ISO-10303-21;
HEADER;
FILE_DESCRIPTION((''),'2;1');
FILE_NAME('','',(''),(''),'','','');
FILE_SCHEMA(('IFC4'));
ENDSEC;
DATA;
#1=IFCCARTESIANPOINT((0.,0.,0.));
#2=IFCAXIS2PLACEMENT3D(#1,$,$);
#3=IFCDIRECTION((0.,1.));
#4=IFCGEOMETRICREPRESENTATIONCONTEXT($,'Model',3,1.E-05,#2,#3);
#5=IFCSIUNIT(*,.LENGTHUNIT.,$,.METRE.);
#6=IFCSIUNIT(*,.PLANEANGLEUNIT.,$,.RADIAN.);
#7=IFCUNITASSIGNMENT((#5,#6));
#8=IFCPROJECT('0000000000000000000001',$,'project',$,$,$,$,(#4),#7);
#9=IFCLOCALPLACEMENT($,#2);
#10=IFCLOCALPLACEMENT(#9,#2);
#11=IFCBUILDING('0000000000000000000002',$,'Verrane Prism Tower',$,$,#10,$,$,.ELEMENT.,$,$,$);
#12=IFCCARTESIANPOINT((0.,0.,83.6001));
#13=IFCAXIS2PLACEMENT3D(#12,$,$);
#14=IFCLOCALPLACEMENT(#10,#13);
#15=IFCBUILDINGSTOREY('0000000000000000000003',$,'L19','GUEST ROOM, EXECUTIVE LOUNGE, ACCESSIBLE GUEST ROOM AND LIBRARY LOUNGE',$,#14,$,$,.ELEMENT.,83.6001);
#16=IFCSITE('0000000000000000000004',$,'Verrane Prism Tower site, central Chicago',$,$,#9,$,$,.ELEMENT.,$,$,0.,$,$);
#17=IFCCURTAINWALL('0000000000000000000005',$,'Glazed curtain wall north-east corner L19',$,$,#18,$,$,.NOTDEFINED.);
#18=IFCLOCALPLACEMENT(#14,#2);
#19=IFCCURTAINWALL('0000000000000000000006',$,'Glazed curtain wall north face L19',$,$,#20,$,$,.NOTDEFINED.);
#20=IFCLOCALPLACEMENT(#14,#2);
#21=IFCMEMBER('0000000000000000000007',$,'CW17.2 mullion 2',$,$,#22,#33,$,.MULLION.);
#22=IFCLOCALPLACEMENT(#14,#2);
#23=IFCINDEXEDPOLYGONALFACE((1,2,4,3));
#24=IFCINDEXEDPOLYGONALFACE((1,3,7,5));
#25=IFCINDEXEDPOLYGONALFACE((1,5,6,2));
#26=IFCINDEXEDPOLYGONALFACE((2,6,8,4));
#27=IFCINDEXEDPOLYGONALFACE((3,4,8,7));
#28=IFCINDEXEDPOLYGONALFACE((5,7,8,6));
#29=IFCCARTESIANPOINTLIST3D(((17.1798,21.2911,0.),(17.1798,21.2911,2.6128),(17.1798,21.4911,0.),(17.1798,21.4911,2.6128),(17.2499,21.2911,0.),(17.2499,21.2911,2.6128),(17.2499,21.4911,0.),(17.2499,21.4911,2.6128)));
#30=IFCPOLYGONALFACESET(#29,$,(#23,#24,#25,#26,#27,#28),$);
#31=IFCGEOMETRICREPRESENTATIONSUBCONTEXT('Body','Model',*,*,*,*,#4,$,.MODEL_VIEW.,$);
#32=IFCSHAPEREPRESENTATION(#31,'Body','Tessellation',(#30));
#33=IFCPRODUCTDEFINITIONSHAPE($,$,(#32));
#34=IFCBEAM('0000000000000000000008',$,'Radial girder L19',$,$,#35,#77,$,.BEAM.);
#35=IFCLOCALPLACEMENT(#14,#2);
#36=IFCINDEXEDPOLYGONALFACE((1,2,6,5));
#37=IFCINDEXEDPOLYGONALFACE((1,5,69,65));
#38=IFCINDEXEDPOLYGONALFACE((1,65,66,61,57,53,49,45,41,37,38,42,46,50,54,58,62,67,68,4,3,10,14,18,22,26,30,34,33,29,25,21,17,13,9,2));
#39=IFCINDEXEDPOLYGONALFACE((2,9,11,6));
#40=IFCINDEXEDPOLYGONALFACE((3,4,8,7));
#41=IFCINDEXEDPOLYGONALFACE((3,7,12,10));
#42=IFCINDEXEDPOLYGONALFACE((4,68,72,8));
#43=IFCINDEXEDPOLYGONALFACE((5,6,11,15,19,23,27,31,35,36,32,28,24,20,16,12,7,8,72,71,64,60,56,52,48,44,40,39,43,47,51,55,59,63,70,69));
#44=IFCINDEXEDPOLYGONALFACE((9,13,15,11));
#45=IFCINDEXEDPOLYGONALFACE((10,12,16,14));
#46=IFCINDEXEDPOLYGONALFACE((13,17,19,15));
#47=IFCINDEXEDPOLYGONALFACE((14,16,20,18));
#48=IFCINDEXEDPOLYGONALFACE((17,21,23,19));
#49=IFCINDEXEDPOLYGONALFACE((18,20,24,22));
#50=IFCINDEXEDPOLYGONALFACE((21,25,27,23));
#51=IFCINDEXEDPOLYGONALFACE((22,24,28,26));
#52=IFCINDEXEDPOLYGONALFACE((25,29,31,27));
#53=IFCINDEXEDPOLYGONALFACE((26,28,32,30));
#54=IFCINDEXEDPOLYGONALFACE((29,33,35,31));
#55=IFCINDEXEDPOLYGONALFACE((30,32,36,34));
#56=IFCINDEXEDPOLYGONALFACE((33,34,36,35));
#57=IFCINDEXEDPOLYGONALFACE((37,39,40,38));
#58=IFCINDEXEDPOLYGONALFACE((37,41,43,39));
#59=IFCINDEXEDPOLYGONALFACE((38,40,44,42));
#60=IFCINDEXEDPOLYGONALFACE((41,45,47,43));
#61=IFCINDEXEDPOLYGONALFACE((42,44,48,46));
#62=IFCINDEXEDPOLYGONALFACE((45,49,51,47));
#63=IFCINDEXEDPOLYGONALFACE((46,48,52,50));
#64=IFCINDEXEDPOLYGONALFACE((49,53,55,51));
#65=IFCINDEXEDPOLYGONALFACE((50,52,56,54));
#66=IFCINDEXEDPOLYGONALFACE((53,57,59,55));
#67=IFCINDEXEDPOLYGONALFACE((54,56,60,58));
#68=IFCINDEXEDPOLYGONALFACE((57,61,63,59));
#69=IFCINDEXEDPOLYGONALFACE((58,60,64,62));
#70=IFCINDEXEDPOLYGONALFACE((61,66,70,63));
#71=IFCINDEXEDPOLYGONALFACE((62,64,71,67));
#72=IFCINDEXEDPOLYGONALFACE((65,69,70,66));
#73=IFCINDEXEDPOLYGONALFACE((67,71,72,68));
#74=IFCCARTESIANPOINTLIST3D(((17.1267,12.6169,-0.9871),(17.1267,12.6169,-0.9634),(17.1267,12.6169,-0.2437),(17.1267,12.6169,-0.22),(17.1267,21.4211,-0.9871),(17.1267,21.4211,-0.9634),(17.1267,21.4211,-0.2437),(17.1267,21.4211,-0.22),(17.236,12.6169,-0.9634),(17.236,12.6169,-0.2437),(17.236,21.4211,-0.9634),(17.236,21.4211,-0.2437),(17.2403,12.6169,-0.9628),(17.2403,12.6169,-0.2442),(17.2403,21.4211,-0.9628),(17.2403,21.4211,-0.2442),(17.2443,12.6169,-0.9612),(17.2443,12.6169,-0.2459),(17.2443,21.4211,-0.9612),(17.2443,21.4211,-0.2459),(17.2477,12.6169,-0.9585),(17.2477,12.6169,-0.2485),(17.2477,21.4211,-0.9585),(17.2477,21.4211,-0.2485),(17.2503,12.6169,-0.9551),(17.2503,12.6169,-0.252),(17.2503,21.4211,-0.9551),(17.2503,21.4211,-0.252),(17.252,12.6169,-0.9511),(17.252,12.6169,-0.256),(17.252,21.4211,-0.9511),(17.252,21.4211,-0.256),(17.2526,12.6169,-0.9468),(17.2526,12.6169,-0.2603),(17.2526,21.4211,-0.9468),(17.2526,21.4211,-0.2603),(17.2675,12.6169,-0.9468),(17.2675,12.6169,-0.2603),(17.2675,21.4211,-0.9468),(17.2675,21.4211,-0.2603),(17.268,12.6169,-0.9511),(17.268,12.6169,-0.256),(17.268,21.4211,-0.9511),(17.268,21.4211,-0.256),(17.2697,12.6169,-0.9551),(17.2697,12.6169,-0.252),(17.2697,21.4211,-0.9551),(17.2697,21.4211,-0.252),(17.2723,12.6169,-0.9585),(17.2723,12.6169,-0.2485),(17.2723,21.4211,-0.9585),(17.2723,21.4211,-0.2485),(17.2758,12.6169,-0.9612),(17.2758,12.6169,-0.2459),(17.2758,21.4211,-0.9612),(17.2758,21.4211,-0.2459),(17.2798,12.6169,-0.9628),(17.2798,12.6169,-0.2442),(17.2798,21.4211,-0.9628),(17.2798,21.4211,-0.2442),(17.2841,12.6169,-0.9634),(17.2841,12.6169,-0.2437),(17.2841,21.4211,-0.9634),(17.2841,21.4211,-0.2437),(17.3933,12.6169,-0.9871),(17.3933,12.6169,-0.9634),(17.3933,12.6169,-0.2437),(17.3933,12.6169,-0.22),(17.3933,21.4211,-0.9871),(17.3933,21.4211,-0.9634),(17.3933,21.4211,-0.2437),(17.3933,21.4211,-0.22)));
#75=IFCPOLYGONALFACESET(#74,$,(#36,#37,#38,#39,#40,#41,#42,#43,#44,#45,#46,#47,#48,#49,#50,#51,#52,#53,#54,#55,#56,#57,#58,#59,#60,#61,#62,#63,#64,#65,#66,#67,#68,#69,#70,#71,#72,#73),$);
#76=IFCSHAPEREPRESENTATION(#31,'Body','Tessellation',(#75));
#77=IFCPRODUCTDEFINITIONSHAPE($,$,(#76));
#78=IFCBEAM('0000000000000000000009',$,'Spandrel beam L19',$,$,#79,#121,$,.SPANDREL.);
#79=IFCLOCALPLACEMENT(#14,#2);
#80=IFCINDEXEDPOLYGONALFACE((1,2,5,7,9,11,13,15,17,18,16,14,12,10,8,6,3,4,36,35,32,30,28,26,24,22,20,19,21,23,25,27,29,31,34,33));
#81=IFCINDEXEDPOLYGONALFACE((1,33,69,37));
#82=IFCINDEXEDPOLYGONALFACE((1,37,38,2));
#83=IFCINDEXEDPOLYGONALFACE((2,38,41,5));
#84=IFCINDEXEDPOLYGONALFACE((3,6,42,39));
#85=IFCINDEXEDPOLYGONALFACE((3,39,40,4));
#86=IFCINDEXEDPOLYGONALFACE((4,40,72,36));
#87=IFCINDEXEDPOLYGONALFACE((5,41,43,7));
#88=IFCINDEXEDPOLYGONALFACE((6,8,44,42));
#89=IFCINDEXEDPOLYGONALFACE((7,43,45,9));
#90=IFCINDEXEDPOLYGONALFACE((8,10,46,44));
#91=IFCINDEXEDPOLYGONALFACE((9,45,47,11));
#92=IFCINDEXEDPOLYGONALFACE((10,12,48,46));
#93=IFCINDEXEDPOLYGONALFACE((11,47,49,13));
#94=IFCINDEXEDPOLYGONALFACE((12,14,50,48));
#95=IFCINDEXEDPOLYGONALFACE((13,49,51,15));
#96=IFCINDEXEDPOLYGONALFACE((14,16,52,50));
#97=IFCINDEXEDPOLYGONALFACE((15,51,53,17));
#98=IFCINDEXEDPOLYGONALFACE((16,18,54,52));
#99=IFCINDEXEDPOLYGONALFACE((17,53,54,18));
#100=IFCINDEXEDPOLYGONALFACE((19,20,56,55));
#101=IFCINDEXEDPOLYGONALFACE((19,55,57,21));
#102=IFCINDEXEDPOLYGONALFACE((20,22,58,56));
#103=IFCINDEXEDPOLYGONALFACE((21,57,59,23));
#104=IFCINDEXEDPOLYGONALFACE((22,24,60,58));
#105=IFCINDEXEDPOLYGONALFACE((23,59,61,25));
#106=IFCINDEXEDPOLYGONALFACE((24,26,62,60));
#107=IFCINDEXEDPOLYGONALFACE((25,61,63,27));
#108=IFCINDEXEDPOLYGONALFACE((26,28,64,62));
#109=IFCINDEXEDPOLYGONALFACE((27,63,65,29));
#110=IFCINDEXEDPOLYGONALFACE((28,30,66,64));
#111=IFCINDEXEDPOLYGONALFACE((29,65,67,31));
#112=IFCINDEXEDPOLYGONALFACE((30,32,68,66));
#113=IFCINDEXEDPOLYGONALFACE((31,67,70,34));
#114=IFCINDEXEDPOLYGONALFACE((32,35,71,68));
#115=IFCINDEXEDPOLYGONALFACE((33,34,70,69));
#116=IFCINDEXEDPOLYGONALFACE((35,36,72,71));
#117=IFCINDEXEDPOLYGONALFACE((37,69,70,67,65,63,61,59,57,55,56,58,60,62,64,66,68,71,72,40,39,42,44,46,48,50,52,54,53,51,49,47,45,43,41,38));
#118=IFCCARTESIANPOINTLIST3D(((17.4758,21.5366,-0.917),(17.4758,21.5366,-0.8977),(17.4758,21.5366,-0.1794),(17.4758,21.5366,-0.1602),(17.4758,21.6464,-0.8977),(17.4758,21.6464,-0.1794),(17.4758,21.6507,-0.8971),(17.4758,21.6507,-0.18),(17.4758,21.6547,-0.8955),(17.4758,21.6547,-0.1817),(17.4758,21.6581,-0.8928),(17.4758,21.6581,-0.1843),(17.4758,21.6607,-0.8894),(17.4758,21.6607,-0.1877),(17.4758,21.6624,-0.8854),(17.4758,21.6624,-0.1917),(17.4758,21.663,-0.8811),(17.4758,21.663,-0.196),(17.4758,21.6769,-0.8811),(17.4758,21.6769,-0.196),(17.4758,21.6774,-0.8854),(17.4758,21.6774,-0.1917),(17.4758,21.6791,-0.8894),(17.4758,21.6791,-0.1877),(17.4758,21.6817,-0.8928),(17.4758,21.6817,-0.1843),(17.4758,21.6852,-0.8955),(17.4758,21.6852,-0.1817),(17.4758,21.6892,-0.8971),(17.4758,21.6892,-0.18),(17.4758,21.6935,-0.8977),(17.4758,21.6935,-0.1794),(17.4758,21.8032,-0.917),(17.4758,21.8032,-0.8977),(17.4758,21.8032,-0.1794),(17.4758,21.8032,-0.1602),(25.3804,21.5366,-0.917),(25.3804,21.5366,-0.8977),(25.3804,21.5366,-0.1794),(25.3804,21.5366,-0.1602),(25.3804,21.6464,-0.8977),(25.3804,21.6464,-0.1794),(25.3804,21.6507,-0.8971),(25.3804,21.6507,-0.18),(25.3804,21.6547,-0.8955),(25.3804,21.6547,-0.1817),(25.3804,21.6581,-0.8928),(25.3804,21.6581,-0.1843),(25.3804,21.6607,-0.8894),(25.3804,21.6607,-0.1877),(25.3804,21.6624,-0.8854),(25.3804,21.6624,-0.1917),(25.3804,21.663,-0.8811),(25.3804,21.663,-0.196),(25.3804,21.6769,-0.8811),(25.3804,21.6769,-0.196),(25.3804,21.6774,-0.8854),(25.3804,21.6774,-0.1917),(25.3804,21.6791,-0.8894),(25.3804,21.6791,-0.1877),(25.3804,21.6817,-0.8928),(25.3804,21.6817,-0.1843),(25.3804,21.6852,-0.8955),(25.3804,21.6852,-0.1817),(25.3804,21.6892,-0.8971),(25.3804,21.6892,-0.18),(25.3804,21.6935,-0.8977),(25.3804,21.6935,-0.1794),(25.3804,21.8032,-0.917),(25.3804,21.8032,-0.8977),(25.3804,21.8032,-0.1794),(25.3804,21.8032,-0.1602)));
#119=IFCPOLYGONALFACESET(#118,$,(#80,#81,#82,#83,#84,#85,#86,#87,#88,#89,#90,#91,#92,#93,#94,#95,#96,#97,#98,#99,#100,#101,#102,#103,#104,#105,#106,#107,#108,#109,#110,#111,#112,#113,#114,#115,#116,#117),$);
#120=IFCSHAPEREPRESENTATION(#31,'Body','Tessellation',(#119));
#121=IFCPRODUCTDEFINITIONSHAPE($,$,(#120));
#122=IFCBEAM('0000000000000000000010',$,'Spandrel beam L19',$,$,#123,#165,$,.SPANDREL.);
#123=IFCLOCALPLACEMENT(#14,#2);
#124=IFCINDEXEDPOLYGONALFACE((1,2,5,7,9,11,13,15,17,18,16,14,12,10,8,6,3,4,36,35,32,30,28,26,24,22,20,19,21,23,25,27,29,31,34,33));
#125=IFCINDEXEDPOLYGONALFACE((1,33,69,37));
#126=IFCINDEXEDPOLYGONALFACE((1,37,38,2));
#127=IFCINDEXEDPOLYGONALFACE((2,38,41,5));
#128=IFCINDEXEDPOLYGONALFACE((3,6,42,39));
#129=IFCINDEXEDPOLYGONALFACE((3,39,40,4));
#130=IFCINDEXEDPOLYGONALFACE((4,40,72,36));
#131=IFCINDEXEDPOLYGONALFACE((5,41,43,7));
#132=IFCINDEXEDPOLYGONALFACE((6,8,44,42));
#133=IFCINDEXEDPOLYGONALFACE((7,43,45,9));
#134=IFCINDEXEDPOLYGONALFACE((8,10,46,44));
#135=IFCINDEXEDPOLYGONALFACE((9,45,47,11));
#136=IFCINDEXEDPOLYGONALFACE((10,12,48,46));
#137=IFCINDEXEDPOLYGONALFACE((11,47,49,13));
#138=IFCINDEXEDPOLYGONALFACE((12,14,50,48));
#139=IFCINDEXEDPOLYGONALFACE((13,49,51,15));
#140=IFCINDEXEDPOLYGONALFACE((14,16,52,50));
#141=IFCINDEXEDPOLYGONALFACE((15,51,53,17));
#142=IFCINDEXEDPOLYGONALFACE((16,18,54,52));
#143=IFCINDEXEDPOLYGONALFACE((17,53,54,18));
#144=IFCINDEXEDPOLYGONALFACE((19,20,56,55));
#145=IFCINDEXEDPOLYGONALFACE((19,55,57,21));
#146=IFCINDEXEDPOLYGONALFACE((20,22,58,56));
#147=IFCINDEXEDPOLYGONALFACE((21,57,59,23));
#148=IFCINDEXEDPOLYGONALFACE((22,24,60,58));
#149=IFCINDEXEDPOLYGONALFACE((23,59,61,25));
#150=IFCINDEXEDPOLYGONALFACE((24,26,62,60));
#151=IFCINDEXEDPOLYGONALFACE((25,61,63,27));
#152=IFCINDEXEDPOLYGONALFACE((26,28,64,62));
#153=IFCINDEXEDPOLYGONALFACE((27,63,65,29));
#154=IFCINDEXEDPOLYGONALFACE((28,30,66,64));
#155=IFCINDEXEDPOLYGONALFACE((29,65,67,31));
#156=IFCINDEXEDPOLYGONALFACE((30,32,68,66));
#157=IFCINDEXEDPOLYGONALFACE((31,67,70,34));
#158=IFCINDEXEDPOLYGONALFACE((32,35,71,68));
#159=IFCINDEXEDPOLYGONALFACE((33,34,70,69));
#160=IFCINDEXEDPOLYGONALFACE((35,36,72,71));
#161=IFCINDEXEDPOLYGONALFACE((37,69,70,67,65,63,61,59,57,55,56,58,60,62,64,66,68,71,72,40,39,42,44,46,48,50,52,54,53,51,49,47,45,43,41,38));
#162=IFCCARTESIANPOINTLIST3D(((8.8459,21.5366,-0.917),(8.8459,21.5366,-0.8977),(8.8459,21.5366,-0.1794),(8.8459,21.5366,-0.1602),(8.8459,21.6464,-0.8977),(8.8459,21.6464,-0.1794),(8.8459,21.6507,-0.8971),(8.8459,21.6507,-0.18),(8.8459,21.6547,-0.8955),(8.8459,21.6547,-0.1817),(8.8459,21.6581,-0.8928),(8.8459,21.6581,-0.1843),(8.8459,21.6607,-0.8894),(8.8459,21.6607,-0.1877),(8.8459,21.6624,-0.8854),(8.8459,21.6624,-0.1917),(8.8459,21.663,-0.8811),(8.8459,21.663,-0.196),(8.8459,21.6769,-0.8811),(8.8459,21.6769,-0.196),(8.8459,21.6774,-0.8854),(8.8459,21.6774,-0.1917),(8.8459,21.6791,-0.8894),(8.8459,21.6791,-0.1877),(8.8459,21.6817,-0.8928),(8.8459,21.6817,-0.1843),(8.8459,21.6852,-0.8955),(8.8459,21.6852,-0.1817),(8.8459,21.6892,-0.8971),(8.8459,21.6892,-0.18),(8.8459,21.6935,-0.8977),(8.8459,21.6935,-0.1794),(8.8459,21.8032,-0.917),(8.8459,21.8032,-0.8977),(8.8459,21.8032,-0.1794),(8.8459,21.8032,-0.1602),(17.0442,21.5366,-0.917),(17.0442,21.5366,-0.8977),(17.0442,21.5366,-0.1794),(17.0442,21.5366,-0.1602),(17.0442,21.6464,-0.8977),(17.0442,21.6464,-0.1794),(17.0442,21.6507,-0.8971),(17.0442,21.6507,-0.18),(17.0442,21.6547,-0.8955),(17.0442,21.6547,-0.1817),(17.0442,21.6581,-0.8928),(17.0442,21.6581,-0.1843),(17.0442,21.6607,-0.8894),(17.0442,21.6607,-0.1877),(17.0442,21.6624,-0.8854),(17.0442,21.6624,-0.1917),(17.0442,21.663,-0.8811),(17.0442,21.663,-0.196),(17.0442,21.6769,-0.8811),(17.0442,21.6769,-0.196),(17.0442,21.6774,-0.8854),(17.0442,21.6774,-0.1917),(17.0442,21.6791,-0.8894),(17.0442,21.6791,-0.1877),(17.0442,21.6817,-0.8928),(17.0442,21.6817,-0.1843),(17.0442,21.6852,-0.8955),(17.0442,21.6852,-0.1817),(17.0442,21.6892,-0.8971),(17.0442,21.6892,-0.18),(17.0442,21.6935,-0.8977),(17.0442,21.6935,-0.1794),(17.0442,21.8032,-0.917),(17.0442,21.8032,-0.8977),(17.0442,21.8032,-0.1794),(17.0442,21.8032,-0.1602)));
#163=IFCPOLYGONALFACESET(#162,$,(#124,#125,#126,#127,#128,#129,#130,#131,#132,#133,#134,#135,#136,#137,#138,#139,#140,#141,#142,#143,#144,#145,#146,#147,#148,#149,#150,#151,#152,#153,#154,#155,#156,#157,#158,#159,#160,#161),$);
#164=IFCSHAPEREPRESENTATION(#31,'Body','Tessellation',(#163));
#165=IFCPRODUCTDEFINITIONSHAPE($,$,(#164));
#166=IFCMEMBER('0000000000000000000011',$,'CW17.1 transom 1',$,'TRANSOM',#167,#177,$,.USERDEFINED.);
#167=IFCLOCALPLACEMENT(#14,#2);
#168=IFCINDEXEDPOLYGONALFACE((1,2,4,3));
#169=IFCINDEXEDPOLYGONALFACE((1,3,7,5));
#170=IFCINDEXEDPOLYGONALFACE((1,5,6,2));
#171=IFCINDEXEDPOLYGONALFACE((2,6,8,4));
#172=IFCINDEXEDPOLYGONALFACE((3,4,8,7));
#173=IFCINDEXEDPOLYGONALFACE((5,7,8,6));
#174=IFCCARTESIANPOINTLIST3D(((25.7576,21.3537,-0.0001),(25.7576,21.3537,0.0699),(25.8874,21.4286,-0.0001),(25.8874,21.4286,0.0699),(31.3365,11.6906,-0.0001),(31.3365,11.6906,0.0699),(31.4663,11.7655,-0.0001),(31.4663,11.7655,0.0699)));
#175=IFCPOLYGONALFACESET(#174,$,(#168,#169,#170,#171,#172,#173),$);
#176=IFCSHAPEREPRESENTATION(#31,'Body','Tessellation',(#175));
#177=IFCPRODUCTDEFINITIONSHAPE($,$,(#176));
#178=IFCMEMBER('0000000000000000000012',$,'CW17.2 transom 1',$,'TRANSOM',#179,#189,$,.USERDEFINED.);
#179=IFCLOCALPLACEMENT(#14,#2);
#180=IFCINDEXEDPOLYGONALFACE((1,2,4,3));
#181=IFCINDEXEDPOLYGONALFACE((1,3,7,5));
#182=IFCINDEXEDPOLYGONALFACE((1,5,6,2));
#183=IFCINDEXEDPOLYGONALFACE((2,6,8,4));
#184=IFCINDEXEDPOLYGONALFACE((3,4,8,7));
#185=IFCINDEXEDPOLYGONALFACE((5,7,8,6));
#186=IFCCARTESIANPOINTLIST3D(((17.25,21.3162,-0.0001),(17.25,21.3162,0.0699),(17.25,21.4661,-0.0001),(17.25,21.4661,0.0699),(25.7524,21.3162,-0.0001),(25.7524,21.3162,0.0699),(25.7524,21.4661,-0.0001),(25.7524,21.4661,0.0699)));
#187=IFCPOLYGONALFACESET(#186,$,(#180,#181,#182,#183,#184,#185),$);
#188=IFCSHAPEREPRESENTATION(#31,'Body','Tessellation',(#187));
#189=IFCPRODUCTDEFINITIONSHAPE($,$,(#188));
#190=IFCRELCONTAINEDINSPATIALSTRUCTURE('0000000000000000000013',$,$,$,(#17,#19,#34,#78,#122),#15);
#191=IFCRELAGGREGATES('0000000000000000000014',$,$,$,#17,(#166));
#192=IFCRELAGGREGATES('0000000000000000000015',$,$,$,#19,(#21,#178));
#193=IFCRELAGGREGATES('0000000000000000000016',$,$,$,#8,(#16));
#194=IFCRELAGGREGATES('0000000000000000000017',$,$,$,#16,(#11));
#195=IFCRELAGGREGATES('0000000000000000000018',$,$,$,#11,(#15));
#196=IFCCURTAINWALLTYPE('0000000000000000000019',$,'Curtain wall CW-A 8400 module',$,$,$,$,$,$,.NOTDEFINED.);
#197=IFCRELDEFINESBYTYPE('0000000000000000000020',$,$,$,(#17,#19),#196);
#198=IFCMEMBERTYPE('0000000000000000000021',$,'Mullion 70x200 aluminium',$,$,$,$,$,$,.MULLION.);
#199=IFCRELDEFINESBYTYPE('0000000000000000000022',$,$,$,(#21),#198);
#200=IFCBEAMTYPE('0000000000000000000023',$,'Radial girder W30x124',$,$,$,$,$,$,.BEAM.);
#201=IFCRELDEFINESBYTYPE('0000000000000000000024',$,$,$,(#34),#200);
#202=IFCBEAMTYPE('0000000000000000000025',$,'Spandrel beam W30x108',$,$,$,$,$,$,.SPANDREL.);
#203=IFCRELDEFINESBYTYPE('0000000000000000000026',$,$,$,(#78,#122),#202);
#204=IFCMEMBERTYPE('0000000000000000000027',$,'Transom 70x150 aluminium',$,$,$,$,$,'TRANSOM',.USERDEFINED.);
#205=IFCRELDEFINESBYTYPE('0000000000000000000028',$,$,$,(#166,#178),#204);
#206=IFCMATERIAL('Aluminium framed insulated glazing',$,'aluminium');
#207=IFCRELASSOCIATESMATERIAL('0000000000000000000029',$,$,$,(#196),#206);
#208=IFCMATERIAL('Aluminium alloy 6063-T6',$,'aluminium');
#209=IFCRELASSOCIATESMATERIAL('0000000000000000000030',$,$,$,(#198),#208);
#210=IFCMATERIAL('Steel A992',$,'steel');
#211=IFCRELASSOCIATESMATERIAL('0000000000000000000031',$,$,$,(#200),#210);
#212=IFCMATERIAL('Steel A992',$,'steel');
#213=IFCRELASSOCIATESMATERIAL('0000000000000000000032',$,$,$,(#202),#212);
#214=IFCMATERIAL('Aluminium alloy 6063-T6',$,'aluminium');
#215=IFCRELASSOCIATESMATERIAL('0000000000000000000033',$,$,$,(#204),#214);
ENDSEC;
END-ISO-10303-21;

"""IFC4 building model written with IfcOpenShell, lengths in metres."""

from ifc_helpers import new_model, si_unit, direction, frame, origin, origin_2d, place, context, subcontext, project, spatial, rectangle, i_section, extrude, material, material_profile, profile_set, type_object, element, aggregate, save


model = new_model("IFC4")

# Units and contexts
model_context = context("Model", 3, precision=1e-05, world=origin(), true_north=direction((0.0, 1.0)))
body_context = subcontext(model_context, "Body", "Model", "MODEL_VIEW")
ifc_project = project(units=[si_unit("LENGTHUNIT", "METRE"), si_unit("PLANEANGLEUNIT", "RADIAN")], contexts=[model_context])

# Site, building, storey
site_placement = place(None, origin())
site = spatial("IfcSite", under=ifc_project, at=site_placement, Name="Verrane Prism Tower site, central Chicago", CompositionType="ELEMENT", RefElevation=0.0)
building_placement = place(site_placement, origin())
building = spatial("IfcBuilding", under=site, at=building_placement, Name="Verrane Prism Tower", CompositionType="ELEMENT")
storey_placement = place(building_placement, frame((0.0, 0.0, 83.6001)))
storey = spatial("IfcBuildingStorey", under=building, at=storey_placement, Name="L19", Description="GUEST ROOM, EXECUTIVE LOUNGE, ACCESSIBLE GUEST ROOM AND LIBRARY LOUNGE", CompositionType="ELEMENT", Elevation=83.6001)

# Curtain wall
ifc_material_1 = material(Name="Aluminium framed insulated glazing", Category="aluminium")
curtain_wall_type = type_object("IfcCurtainWallType", Name="Curtain wall CW-A 8400 module", PredefinedType="NOTDEFINED", material=ifc_material_1)
curtain_wall_1_placement = place(storey_placement, origin())
curtain_wall_1 = element("IfcCurtainWall", 1, at=curtain_wall_1_placement, inside=storey, type_object=curtain_wall_type, Name="Glazed curtain wall north-east corner L19", PredefinedType="NOTDEFINED")
ifc_material_2 = material(Name="Aluminium alloy 6063-T6", Category="aluminium")
ifc_material_profile_1 = material_profile(ifc_material_2, rectangle(XDim=0.2, YDim=0.0701, at=origin_2d()), Name="Mullion 70x200 aluminium")
ifc_profile_set_1 = profile_set([ifc_material_profile_1], Name="Aluminium alloy 6063-T6")
member_type_1 = type_object("IfcMemberType", Name="Mullion 70x200 aluminium", PredefinedType="MULLION", material=ifc_profile_set_1)

# Curtain wall, member
curtain_wall_2_placement = place(storey_placement, origin())
curtain_wall_2 = element("IfcCurtainWall", 2, at=curtain_wall_2_placement, inside=storey, type_object=curtain_wall_type, Name="Glazed curtain wall north face L19", PredefinedType="NOTDEFINED")
member_1_placement = place(storey_placement, frame((17.2148, 21.3911, 0.0), z_axis=(0.0, 0.0, 1.0), x_axis=(0.0, -1.0, 0.0)))
member_1 = element("IfcMember", 3, at=member_1_placement, type_object=member_type_1, Name="CW17.2 mullion 2", PredefinedType="MULLION", context=body_context, shape_type="SweptSolid", body=[
    extrude(rectangle(XDim=0.2, YDim=0.0701, at=origin_2d()), origin(), (0.0, 0.0, 1.0), 2.6128),
])

# Beams
ifc_material_3 = material(Name="Steel A992", Category="steel")
ifc_material_profile_2 = material_profile(ifc_material_3, i_section(OverallWidth=0.2666, OverallDepth=0.7671, WebThickness=0.0149, FlangeThickness=0.0237, FilletRadius=0.0166, at=origin_2d()), Name="W30x124")
ifc_profile_set_2 = profile_set([ifc_material_profile_2], Name="Steel A992")
beam_type_1 = type_object("IfcBeamType", Name="Radial girder W30x124", PredefinedType="BEAM", material=ifc_profile_set_2)
beam_1_placement = place(storey_placement, frame((17.26, 21.4211, -0.6035), z_axis=(0.0, -1.0, 0.0), x_axis=(1.0, 0.0, 0.0)))
element("IfcBeam", 4, at=beam_1_placement, inside=storey, type_object=beam_type_1, Name="Radial girder L19", PredefinedType="BEAM", context=body_context, shape_type="SweptSolid", body=[
    extrude(i_section(OverallWidth=0.2666, OverallDepth=0.7671, WebThickness=0.0149, FlangeThickness=0.0237, FilletRadius=0.0166, at=origin_2d()), origin(), (0.0, 0.0, 1.0), 8.8042),
])
ifc_material_4 = material(Name="Steel A992", Category="steel")
ifc_material_profile_3 = material_profile(ifc_material_4, i_section(OverallWidth=0.2666, OverallDepth=0.7568, WebThickness=0.0139, FlangeThickness=0.0193, FilletRadius=0.0166, at=origin_2d()), Name="W30x108")
ifc_profile_set_3 = profile_set([ifc_material_profile_3], Name="Steel A992")
beam_type_2 = type_object("IfcBeamType", Name="Spandrel beam W30x108", PredefinedType="SPANDREL", material=ifc_profile_set_3)
beam_2_placement = place(storey_placement, frame((25.3804, 21.6699, -0.5386), z_axis=(-1.0, 0.0, 0.0), x_axis=(0.0, -1.0, 0.0)))
element("IfcBeam", 5, at=beam_2_placement, inside=storey, type_object=beam_type_2, Name="Spandrel beam L19", PredefinedType="SPANDREL", context=body_context, shape_type="SweptSolid", body=[
    extrude(i_section(OverallWidth=0.2666, OverallDepth=0.7568, WebThickness=0.0139, FlangeThickness=0.0193, FilletRadius=0.0166, at=origin_2d()), origin(), (0.0, 0.0, 1.0), 7.9045),
])
beam_3_placement = place(storey_placement, frame((17.0442, 21.6699, -0.5386), z_axis=(-1.0, 0.0, 0.0), x_axis=(0.0, -1.0, 0.0)))
element("IfcBeam", 6, at=beam_3_placement, inside=storey, type_object=beam_type_2, Name="Spandrel beam L19", PredefinedType="SPANDREL", context=body_context, shape_type="SweptSolid", body=[
    extrude(i_section(OverallWidth=0.2666, OverallDepth=0.7568, WebThickness=0.0139, FlangeThickness=0.0193, FilletRadius=0.0166, at=origin_2d()), origin(), (0.0, 0.0, 1.0), 8.1982),
])

# Members
ifc_material_5 = material(Name="Aluminium alloy 6063-T6", Category="aluminium")
ifc_material_profile_4 = material_profile(ifc_material_5, rectangle(XDim=0.1499, YDim=0.0701, at=origin_2d()), Name="Transom 70x150 aluminium")
ifc_profile_set_4 = profile_set([ifc_material_profile_4], Name="Aluminium alloy 6063-T6")
member_type_2 = type_object("IfcMemberType", Name="Transom 70x150 aluminium", ElementType="TRANSOM", PredefinedType="USERDEFINED", material=ifc_profile_set_4)
member_2_placement = place(storey_placement, frame((31.4014, 11.728, 0.0349), z_axis=(-0.499991, 0.86603, 0.0), x_axis=(-0.86603, -0.499991, 0.0)))
member_2 = element("IfcMember", 7, at=member_2_placement, type_object=member_type_2, Name="CW17.1 transom 1", ObjectType="TRANSOM", PredefinedType="USERDEFINED", context=body_context, shape_type="SweptSolid", body=[
    extrude(rectangle(XDim=0.1499, YDim=0.0701, at=origin_2d()), origin(), (0.0, 0.0, 1.0), 11.158),
])
member_3_placement = place(storey_placement, frame((25.7524, 21.3911, 0.0349), z_axis=(-1.0, 0.0, 0.0), x_axis=(0.0, -1.0, 0.0)))
member_3 = element("IfcMember", 8, at=member_3_placement, type_object=member_type_2, Name="CW17.2 transom 1", ObjectType="TRANSOM", PredefinedType="USERDEFINED", context=body_context, shape_type="SweptSolid", body=[
    extrude(rectangle(XDim=0.1499, YDim=0.0701, at=origin_2d()), origin(), (0.0, 0.0, 1.0), 8.5024),
])

aggregate(curtain_wall_1, [member_2])
aggregate(curtain_wall_2, [member_1, member_3])

save(model, "model.ifc")
